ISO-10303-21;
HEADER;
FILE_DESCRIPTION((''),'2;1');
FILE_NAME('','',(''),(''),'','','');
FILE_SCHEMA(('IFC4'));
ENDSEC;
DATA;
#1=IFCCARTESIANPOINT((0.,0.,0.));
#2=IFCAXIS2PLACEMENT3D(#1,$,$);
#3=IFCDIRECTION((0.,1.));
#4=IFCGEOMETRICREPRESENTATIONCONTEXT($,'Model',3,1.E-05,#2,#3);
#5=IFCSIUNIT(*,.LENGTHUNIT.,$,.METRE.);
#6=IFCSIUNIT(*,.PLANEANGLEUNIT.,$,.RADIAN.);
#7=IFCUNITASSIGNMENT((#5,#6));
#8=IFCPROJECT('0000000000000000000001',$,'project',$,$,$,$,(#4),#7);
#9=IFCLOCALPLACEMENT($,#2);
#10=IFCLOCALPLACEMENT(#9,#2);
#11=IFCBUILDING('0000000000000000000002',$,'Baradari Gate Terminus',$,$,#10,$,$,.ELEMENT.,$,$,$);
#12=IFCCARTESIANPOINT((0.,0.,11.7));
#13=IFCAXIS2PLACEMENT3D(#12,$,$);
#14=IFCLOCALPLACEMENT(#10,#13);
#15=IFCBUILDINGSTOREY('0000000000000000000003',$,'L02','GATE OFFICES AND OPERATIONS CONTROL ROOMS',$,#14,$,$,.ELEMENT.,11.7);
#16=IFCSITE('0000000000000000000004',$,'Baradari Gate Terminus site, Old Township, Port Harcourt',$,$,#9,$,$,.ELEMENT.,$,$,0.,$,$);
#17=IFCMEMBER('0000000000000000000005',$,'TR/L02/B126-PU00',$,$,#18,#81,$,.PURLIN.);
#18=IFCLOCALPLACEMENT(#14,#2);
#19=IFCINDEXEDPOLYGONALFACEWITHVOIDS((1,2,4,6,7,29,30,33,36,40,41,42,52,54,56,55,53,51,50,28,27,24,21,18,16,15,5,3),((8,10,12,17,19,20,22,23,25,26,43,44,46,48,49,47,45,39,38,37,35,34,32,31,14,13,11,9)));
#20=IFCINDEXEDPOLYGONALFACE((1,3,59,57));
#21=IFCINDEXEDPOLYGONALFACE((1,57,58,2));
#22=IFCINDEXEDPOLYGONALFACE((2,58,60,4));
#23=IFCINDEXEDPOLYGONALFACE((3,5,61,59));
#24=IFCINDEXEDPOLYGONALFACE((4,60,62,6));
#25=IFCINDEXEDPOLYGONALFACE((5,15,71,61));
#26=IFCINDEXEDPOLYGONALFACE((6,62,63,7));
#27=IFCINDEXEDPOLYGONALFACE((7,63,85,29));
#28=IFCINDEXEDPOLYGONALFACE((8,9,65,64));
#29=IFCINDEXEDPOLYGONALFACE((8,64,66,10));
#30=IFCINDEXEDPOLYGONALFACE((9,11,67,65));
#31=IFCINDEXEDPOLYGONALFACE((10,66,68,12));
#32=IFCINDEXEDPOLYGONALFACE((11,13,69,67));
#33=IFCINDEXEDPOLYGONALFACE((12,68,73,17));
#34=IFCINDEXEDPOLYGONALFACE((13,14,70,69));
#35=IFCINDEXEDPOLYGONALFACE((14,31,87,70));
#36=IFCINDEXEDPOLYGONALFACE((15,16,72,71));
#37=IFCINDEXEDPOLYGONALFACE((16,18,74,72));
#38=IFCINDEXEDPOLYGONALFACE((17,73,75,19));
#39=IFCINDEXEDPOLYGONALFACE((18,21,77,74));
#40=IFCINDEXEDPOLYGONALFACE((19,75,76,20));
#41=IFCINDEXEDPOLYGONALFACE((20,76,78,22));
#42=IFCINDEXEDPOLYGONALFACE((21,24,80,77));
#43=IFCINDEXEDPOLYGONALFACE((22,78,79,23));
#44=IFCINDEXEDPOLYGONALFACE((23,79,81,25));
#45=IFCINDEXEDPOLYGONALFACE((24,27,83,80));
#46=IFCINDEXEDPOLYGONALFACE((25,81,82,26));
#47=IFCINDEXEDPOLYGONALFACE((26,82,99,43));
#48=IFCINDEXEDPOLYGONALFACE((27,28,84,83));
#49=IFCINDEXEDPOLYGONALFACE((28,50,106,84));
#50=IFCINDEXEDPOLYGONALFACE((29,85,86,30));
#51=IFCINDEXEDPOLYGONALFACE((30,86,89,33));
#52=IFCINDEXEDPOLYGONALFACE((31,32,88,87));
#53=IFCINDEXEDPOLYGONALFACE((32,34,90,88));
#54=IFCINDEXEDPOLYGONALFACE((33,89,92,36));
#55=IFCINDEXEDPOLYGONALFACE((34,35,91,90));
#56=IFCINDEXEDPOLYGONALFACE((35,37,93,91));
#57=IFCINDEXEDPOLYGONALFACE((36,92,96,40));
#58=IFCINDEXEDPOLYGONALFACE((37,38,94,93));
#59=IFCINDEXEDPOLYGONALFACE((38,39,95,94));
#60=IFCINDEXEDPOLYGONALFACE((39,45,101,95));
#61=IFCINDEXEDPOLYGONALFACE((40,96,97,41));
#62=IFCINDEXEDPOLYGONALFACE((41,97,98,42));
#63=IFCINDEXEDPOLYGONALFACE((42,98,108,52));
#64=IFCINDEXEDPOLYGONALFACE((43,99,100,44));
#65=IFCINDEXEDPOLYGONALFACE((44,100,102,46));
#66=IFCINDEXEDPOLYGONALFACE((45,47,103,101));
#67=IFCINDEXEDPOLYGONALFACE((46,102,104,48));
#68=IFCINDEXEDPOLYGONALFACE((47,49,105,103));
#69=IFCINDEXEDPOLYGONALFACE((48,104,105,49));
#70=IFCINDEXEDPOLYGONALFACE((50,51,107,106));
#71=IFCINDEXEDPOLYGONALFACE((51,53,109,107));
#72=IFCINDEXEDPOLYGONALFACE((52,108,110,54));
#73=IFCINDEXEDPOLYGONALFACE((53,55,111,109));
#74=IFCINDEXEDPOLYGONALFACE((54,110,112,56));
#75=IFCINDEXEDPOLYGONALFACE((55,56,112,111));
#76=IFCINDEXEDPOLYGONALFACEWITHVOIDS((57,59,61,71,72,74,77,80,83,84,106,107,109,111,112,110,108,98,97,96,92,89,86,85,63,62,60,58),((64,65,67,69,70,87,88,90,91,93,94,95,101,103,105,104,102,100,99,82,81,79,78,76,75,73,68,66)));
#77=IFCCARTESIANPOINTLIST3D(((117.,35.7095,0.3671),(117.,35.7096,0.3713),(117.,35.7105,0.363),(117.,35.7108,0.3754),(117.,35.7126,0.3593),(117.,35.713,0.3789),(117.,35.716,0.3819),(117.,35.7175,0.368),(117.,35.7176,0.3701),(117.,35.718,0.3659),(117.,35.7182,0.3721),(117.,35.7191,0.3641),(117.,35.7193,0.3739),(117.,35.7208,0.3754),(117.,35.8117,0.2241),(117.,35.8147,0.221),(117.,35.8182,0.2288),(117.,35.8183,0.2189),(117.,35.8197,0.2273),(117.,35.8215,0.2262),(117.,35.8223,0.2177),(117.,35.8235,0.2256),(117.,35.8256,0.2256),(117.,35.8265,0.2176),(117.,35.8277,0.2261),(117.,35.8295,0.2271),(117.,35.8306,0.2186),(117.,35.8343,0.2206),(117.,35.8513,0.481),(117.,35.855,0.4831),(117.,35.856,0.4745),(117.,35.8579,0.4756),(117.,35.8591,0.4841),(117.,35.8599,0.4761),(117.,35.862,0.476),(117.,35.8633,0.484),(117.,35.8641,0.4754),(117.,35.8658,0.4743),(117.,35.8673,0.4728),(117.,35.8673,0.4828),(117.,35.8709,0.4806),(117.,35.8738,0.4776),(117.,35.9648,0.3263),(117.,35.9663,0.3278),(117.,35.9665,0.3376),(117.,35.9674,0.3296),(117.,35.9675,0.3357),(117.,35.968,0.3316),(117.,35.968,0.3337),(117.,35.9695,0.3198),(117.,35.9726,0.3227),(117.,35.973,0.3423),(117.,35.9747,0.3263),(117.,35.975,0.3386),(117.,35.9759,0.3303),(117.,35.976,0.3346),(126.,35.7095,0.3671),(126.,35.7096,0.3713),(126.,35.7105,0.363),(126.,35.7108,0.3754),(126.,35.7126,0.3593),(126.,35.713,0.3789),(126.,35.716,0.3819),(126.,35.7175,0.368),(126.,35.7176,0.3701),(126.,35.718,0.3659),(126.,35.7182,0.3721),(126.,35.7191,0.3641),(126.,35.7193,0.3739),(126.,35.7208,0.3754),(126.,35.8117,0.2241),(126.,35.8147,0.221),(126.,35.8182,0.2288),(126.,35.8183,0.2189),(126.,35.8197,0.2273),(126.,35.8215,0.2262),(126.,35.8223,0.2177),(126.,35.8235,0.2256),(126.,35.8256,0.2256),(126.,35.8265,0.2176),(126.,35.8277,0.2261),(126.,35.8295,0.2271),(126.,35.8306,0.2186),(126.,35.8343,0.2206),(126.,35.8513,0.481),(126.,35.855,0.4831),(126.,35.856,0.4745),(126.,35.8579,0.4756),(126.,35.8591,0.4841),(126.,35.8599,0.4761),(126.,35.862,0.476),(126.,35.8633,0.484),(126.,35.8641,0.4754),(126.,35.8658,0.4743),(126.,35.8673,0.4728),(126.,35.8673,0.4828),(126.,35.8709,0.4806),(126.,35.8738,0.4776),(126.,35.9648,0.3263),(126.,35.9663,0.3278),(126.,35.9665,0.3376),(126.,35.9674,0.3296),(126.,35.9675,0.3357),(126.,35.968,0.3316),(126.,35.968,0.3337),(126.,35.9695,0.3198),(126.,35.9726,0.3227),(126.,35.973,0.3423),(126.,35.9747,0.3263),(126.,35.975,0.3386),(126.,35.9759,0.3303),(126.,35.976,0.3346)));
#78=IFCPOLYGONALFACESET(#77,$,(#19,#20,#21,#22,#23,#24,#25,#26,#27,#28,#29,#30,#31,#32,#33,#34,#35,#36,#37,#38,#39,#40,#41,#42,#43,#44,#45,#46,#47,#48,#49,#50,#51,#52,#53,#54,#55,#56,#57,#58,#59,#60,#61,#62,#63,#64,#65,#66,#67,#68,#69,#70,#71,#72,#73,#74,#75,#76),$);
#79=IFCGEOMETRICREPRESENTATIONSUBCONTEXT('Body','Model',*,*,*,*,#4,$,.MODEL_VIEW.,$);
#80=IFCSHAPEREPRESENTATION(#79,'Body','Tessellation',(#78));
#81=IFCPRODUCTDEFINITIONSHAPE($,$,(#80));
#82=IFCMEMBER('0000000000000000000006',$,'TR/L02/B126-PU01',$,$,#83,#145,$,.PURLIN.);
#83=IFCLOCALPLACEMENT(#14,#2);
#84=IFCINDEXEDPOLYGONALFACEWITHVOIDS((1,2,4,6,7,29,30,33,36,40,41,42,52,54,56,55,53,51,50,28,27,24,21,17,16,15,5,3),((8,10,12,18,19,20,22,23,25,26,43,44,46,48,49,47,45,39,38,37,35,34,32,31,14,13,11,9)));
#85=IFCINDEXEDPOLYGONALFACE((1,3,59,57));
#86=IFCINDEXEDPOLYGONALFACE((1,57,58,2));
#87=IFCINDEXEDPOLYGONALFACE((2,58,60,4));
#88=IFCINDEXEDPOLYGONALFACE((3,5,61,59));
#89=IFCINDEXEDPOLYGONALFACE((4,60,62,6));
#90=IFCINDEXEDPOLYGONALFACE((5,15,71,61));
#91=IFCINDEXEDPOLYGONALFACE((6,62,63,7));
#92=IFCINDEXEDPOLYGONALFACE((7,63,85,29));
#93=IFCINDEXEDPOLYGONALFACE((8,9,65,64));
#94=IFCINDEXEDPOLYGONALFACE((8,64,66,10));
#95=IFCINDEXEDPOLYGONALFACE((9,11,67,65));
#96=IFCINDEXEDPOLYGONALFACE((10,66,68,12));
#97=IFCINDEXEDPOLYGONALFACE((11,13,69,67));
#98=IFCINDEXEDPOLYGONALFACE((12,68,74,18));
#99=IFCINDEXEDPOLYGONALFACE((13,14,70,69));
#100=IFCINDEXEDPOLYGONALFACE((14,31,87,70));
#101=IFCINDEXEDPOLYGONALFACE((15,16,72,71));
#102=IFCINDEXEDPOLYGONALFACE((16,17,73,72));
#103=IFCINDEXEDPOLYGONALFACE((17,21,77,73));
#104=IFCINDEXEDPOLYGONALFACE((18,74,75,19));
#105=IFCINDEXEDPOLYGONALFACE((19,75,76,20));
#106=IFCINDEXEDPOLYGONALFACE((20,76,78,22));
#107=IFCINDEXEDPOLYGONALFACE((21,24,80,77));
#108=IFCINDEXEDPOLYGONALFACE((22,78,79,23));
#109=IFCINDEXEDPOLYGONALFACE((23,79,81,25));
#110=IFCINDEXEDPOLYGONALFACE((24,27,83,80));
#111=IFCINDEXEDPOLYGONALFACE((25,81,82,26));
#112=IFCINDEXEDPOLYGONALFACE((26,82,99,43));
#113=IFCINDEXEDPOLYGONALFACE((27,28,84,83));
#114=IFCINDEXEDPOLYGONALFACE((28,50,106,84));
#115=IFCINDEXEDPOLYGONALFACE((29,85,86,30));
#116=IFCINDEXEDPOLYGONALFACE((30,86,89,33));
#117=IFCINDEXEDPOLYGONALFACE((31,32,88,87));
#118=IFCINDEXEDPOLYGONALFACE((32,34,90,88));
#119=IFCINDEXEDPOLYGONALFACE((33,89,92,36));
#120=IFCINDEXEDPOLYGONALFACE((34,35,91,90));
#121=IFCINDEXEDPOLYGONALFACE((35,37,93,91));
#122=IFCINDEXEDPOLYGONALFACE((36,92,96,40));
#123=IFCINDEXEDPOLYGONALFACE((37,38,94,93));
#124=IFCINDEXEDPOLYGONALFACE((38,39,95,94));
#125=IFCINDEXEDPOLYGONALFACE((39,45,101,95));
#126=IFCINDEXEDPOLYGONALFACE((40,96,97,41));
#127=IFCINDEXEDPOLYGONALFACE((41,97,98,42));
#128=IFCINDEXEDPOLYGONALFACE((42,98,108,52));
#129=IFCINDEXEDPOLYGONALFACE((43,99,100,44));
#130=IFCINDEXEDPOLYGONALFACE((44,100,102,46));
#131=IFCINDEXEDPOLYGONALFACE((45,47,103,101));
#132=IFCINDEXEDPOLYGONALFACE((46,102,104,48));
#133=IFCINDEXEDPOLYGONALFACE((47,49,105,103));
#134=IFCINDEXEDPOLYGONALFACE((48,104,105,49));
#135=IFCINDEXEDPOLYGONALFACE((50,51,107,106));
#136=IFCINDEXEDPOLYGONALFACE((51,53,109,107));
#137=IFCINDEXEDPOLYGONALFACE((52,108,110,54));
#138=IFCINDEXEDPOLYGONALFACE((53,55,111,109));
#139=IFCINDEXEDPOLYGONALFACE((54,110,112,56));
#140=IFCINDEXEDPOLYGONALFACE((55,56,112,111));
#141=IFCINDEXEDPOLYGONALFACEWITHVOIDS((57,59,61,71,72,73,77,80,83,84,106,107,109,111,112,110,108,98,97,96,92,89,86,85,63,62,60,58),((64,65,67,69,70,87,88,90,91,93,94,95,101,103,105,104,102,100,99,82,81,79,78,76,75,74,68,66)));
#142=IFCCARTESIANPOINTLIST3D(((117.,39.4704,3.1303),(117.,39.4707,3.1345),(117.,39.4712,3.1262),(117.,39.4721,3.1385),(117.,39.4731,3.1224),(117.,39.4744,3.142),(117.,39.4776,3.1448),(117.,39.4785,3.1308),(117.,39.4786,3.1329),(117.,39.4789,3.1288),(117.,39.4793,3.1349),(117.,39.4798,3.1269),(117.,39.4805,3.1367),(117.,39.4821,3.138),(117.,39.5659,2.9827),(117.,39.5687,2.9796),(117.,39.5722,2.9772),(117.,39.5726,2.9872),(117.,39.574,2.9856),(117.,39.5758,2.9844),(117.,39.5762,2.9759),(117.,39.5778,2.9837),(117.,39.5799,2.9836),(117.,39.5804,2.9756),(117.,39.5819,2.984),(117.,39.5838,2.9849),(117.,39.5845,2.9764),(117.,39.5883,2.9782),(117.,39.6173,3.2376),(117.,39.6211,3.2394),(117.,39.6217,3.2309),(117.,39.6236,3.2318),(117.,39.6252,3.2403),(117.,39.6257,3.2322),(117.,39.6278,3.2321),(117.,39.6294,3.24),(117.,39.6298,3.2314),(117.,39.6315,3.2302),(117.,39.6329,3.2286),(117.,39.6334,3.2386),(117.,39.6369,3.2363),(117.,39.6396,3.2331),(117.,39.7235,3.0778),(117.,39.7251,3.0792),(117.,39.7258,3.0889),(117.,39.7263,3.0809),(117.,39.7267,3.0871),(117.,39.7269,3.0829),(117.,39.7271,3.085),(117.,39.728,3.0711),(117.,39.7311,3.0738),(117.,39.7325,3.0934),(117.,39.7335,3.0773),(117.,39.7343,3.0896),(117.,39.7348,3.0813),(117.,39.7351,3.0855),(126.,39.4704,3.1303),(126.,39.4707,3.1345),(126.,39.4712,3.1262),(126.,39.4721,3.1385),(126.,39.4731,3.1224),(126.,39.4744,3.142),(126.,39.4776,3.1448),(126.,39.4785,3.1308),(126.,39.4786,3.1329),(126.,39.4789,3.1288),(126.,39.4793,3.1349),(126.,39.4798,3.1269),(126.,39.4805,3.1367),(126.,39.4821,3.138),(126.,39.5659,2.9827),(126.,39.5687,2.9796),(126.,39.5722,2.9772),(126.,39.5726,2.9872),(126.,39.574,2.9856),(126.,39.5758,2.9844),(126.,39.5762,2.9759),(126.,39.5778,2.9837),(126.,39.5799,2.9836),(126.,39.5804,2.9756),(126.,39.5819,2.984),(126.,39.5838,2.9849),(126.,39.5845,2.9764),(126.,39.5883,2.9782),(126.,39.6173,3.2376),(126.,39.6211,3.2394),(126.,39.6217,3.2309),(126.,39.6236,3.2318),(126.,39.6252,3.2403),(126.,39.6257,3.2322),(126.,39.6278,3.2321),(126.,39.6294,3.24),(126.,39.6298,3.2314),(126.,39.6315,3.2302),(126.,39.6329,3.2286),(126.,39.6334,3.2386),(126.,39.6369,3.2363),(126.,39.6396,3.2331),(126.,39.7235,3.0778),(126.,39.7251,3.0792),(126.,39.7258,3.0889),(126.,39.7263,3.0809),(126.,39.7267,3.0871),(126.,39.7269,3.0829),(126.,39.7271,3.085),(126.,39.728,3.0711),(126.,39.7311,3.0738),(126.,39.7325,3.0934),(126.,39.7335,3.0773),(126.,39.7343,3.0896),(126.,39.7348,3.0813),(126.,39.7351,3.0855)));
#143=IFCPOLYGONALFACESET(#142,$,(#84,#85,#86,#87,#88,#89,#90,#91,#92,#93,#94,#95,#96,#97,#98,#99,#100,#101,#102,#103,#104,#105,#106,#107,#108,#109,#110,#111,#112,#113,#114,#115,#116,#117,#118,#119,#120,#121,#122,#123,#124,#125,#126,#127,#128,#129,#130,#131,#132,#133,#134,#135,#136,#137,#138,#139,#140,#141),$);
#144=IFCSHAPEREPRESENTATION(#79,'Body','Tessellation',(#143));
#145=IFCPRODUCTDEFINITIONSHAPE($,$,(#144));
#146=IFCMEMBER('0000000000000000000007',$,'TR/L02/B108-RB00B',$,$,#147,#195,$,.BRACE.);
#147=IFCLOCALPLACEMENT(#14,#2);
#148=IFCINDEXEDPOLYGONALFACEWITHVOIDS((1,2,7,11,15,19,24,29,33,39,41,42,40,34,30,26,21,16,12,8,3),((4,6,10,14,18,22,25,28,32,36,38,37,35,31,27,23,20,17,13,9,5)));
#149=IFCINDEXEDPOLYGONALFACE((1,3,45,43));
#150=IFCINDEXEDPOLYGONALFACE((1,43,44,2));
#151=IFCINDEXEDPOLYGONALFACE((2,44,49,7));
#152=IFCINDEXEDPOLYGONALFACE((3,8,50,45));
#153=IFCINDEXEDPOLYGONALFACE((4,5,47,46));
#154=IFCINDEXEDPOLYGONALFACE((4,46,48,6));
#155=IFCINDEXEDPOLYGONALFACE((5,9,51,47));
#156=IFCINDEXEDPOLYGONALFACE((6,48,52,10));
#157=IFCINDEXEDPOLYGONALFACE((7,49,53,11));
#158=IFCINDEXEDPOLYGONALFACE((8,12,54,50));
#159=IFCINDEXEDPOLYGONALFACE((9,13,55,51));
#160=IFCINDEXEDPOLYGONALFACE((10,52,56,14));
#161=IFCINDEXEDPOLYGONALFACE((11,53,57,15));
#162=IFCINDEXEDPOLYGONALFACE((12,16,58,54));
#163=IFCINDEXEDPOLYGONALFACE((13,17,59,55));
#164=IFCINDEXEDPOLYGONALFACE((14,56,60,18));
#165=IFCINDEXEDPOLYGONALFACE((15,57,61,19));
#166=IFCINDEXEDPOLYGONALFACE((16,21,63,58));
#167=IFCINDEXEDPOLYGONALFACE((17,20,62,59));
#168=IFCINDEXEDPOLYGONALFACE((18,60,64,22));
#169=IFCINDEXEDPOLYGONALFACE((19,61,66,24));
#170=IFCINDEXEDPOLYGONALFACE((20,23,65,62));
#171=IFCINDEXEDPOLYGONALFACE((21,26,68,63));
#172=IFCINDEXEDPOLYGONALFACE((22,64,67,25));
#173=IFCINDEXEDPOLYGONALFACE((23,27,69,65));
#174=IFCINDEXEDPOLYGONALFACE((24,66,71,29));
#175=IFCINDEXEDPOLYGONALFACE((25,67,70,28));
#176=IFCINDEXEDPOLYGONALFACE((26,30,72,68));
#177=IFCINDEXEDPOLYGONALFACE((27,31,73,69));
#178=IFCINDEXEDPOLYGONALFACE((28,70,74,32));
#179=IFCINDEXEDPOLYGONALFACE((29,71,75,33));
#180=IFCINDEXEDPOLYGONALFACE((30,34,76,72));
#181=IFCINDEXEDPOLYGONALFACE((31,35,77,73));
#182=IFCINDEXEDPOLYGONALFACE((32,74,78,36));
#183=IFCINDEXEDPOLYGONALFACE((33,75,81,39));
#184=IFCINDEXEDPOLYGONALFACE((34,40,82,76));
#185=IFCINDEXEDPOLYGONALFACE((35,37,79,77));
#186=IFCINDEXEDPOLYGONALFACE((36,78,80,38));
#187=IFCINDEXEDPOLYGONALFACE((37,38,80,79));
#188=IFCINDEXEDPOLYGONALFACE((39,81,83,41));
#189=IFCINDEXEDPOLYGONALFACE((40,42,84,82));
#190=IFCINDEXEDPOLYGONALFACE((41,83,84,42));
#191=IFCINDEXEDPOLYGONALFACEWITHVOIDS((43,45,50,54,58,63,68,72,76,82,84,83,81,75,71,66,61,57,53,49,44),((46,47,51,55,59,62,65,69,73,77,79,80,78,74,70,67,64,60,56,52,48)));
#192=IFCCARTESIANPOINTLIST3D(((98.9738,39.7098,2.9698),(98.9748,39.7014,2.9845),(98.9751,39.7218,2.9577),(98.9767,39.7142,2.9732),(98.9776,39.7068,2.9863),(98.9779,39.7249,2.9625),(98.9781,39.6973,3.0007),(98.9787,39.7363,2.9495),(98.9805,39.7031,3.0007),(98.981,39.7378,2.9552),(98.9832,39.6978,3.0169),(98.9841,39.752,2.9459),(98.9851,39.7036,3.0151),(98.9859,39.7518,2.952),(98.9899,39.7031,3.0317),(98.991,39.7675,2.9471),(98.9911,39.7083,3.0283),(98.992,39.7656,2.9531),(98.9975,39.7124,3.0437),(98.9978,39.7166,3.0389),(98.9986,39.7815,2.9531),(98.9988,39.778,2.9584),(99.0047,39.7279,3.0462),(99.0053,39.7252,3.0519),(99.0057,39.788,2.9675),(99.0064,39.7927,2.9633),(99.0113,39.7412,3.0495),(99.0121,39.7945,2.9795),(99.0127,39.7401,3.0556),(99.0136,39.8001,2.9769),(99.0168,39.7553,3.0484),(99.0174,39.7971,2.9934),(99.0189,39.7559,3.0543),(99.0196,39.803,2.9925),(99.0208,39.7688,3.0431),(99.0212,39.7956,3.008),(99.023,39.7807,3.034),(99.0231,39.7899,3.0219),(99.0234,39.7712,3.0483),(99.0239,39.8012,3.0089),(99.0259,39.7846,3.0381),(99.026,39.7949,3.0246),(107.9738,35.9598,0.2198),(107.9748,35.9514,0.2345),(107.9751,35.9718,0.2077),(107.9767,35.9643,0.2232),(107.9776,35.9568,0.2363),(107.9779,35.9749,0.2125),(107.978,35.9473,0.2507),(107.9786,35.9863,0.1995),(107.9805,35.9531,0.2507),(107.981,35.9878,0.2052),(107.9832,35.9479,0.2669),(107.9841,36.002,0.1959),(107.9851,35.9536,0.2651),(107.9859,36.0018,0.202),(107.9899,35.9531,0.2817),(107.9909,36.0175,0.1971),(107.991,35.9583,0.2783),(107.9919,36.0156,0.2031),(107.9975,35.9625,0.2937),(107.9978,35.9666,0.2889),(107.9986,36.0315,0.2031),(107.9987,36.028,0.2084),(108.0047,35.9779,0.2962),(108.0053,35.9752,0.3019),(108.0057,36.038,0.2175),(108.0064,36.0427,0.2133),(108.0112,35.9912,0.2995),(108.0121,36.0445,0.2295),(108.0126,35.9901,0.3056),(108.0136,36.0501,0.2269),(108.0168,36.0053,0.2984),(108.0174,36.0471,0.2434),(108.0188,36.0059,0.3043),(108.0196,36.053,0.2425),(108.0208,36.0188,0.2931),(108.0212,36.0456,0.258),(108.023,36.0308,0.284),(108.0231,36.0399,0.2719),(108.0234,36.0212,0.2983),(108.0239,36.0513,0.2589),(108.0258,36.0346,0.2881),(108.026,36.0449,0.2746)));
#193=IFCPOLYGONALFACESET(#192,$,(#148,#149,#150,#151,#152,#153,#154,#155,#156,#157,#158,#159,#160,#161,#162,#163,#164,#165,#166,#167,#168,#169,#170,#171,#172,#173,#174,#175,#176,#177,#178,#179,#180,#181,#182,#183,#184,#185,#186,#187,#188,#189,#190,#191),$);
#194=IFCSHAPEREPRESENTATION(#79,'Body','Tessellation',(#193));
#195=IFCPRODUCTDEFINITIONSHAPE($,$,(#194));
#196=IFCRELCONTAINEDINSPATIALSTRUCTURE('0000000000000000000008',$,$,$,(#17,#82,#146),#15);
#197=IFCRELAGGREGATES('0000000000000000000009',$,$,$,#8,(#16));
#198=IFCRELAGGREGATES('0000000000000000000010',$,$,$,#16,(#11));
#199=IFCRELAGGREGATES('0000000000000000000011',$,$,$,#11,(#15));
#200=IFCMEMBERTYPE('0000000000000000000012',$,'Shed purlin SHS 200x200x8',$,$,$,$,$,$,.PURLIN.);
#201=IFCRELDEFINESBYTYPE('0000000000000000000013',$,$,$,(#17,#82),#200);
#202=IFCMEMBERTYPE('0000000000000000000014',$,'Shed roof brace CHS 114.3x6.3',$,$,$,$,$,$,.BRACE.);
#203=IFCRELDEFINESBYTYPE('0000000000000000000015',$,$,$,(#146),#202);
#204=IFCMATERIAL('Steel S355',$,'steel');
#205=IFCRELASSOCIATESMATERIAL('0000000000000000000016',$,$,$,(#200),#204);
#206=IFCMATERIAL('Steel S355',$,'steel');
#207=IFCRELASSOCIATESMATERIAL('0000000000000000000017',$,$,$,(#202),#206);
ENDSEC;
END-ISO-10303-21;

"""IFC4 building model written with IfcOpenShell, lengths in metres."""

from ifc_helpers import new_model, si_unit, direction, frame, origin, origin_2d, place, context, subcontext, project, spatial, hollow_rectangle, hollow_circle, extrude, material, material_profile, profile_set, type_object, element, save


model = new_model("IFC4")

# Units and contexts
model_context = context("Model", 3, precision=1e-05, world=origin(), true_north=direction((0.0, 1.0)))
body_context = subcontext(model_context, "Body", "Model", "MODEL_VIEW")
ifc_project = project(units=[si_unit("LENGTHUNIT", "METRE"), si_unit("PLANEANGLEUNIT", "RADIAN")], contexts=[model_context])

# Site, building, storey
site_placement = place(None, origin())
site = spatial("IfcSite", under=ifc_project, at=site_placement, Name="Baradari Gate Terminus site, Old Township, Port Harcourt", CompositionType="ELEMENT", RefElevation=0.0)
building_placement = place(site_placement, origin())
building = spatial("IfcBuilding", under=site, at=building_placement, Name="Baradari Gate Terminus", CompositionType="ELEMENT")
storey_placement = place(building_placement, frame((0.0, 0.0, 11.7)))
storey = spatial("IfcBuildingStorey", under=building, at=storey_placement, Name="L02", Description="GATE OFFICES AND OPERATIONS CONTROL ROOMS", CompositionType="ELEMENT", Elevation=11.7)

# Members
ifc_material_1 = material(Name="Steel S355", Category="steel")
ifc_material_profile_1 = material_profile(ifc_material_1, hollow_rectangle(XDim=0.2, YDim=0.2, WallThickness=0.0081, InnerFilletRadius=0.0081, OuterFilletRadius=0.0161, at=origin_2d()), Name="SHS 200x200x8")
ifc_profile_set_1 = profile_set([ifc_material_profile_1], Name="Steel S355")
member_type_1 = type_object("IfcMemberType", Name="Shed purlin SHS 200x200x8", PredefinedType="PURLIN", material=ifc_profile_set_1)
for number, where, z_axis, x_axis, name in (
    (1, (117.0, 35.8428, 0.3508), (1.0, 0.0, 0.0), (0.0, 0.806405, 0.591364), "TR/L02/B126-PU00"),
    (2, (117.0, 39.6028, 3.1079), (1.0, 0.0, 0.0), (0.0, 0.832836, 0.553519), "TR/L02/B126-PU01"),
):
    element("IfcMember", number, at=place(storey_placement, frame(where, z_axis=z_axis, x_axis=x_axis)), inside=storey, type_object=member_type_1, Name=name, PredefinedType="PURLIN", context=body_context, shape_type="SweptSolid", body=[
        extrude(hollow_rectangle(XDim=0.2, YDim=0.2, WallThickness=0.0081, InnerFilletRadius=0.0081, OuterFilletRadius=0.0161, at=origin_2d()), origin(), (0.0, 0.0, 1.0), 9.0),
    ])
ifc_material_2 = material(Name="Steel S355", Category="steel")
ifc_material_profile_2 = material_profile(ifc_material_2, hollow_circle(Radius=0.0571, WallThickness=0.0063, at=origin_2d()), Name="CHS 114.3x6.3")
ifc_profile_set_2 = profile_set([ifc_material_profile_2], Name="Steel S355")
member_type_2 = type_object("IfcMemberType", Name="Shed roof brace CHS 114.3x6.3", PredefinedType="BRACE", material=ifc_profile_set_2)
member_1_placement = place(storey_placement, frame((108.0, 36.0, 0.2507), z_axis=(-0.888415, 0.370173, 0.27146), x_axis=(-0.384615, -0.923077, 0.0)))
element("IfcMember", 3, at=member_1_placement, inside=storey, type_object=member_type_2, Name="TR/L02/B108-RB00B", PredefinedType="BRACE", context=body_context, shape_type="SweptSolid", body=[
    extrude(hollow_circle(Radius=0.0571, WallThickness=0.0063, at=origin_2d()), origin(), (0.0, 0.0, 1.0), 10.1304),
])

save(model, "model.ifc")
